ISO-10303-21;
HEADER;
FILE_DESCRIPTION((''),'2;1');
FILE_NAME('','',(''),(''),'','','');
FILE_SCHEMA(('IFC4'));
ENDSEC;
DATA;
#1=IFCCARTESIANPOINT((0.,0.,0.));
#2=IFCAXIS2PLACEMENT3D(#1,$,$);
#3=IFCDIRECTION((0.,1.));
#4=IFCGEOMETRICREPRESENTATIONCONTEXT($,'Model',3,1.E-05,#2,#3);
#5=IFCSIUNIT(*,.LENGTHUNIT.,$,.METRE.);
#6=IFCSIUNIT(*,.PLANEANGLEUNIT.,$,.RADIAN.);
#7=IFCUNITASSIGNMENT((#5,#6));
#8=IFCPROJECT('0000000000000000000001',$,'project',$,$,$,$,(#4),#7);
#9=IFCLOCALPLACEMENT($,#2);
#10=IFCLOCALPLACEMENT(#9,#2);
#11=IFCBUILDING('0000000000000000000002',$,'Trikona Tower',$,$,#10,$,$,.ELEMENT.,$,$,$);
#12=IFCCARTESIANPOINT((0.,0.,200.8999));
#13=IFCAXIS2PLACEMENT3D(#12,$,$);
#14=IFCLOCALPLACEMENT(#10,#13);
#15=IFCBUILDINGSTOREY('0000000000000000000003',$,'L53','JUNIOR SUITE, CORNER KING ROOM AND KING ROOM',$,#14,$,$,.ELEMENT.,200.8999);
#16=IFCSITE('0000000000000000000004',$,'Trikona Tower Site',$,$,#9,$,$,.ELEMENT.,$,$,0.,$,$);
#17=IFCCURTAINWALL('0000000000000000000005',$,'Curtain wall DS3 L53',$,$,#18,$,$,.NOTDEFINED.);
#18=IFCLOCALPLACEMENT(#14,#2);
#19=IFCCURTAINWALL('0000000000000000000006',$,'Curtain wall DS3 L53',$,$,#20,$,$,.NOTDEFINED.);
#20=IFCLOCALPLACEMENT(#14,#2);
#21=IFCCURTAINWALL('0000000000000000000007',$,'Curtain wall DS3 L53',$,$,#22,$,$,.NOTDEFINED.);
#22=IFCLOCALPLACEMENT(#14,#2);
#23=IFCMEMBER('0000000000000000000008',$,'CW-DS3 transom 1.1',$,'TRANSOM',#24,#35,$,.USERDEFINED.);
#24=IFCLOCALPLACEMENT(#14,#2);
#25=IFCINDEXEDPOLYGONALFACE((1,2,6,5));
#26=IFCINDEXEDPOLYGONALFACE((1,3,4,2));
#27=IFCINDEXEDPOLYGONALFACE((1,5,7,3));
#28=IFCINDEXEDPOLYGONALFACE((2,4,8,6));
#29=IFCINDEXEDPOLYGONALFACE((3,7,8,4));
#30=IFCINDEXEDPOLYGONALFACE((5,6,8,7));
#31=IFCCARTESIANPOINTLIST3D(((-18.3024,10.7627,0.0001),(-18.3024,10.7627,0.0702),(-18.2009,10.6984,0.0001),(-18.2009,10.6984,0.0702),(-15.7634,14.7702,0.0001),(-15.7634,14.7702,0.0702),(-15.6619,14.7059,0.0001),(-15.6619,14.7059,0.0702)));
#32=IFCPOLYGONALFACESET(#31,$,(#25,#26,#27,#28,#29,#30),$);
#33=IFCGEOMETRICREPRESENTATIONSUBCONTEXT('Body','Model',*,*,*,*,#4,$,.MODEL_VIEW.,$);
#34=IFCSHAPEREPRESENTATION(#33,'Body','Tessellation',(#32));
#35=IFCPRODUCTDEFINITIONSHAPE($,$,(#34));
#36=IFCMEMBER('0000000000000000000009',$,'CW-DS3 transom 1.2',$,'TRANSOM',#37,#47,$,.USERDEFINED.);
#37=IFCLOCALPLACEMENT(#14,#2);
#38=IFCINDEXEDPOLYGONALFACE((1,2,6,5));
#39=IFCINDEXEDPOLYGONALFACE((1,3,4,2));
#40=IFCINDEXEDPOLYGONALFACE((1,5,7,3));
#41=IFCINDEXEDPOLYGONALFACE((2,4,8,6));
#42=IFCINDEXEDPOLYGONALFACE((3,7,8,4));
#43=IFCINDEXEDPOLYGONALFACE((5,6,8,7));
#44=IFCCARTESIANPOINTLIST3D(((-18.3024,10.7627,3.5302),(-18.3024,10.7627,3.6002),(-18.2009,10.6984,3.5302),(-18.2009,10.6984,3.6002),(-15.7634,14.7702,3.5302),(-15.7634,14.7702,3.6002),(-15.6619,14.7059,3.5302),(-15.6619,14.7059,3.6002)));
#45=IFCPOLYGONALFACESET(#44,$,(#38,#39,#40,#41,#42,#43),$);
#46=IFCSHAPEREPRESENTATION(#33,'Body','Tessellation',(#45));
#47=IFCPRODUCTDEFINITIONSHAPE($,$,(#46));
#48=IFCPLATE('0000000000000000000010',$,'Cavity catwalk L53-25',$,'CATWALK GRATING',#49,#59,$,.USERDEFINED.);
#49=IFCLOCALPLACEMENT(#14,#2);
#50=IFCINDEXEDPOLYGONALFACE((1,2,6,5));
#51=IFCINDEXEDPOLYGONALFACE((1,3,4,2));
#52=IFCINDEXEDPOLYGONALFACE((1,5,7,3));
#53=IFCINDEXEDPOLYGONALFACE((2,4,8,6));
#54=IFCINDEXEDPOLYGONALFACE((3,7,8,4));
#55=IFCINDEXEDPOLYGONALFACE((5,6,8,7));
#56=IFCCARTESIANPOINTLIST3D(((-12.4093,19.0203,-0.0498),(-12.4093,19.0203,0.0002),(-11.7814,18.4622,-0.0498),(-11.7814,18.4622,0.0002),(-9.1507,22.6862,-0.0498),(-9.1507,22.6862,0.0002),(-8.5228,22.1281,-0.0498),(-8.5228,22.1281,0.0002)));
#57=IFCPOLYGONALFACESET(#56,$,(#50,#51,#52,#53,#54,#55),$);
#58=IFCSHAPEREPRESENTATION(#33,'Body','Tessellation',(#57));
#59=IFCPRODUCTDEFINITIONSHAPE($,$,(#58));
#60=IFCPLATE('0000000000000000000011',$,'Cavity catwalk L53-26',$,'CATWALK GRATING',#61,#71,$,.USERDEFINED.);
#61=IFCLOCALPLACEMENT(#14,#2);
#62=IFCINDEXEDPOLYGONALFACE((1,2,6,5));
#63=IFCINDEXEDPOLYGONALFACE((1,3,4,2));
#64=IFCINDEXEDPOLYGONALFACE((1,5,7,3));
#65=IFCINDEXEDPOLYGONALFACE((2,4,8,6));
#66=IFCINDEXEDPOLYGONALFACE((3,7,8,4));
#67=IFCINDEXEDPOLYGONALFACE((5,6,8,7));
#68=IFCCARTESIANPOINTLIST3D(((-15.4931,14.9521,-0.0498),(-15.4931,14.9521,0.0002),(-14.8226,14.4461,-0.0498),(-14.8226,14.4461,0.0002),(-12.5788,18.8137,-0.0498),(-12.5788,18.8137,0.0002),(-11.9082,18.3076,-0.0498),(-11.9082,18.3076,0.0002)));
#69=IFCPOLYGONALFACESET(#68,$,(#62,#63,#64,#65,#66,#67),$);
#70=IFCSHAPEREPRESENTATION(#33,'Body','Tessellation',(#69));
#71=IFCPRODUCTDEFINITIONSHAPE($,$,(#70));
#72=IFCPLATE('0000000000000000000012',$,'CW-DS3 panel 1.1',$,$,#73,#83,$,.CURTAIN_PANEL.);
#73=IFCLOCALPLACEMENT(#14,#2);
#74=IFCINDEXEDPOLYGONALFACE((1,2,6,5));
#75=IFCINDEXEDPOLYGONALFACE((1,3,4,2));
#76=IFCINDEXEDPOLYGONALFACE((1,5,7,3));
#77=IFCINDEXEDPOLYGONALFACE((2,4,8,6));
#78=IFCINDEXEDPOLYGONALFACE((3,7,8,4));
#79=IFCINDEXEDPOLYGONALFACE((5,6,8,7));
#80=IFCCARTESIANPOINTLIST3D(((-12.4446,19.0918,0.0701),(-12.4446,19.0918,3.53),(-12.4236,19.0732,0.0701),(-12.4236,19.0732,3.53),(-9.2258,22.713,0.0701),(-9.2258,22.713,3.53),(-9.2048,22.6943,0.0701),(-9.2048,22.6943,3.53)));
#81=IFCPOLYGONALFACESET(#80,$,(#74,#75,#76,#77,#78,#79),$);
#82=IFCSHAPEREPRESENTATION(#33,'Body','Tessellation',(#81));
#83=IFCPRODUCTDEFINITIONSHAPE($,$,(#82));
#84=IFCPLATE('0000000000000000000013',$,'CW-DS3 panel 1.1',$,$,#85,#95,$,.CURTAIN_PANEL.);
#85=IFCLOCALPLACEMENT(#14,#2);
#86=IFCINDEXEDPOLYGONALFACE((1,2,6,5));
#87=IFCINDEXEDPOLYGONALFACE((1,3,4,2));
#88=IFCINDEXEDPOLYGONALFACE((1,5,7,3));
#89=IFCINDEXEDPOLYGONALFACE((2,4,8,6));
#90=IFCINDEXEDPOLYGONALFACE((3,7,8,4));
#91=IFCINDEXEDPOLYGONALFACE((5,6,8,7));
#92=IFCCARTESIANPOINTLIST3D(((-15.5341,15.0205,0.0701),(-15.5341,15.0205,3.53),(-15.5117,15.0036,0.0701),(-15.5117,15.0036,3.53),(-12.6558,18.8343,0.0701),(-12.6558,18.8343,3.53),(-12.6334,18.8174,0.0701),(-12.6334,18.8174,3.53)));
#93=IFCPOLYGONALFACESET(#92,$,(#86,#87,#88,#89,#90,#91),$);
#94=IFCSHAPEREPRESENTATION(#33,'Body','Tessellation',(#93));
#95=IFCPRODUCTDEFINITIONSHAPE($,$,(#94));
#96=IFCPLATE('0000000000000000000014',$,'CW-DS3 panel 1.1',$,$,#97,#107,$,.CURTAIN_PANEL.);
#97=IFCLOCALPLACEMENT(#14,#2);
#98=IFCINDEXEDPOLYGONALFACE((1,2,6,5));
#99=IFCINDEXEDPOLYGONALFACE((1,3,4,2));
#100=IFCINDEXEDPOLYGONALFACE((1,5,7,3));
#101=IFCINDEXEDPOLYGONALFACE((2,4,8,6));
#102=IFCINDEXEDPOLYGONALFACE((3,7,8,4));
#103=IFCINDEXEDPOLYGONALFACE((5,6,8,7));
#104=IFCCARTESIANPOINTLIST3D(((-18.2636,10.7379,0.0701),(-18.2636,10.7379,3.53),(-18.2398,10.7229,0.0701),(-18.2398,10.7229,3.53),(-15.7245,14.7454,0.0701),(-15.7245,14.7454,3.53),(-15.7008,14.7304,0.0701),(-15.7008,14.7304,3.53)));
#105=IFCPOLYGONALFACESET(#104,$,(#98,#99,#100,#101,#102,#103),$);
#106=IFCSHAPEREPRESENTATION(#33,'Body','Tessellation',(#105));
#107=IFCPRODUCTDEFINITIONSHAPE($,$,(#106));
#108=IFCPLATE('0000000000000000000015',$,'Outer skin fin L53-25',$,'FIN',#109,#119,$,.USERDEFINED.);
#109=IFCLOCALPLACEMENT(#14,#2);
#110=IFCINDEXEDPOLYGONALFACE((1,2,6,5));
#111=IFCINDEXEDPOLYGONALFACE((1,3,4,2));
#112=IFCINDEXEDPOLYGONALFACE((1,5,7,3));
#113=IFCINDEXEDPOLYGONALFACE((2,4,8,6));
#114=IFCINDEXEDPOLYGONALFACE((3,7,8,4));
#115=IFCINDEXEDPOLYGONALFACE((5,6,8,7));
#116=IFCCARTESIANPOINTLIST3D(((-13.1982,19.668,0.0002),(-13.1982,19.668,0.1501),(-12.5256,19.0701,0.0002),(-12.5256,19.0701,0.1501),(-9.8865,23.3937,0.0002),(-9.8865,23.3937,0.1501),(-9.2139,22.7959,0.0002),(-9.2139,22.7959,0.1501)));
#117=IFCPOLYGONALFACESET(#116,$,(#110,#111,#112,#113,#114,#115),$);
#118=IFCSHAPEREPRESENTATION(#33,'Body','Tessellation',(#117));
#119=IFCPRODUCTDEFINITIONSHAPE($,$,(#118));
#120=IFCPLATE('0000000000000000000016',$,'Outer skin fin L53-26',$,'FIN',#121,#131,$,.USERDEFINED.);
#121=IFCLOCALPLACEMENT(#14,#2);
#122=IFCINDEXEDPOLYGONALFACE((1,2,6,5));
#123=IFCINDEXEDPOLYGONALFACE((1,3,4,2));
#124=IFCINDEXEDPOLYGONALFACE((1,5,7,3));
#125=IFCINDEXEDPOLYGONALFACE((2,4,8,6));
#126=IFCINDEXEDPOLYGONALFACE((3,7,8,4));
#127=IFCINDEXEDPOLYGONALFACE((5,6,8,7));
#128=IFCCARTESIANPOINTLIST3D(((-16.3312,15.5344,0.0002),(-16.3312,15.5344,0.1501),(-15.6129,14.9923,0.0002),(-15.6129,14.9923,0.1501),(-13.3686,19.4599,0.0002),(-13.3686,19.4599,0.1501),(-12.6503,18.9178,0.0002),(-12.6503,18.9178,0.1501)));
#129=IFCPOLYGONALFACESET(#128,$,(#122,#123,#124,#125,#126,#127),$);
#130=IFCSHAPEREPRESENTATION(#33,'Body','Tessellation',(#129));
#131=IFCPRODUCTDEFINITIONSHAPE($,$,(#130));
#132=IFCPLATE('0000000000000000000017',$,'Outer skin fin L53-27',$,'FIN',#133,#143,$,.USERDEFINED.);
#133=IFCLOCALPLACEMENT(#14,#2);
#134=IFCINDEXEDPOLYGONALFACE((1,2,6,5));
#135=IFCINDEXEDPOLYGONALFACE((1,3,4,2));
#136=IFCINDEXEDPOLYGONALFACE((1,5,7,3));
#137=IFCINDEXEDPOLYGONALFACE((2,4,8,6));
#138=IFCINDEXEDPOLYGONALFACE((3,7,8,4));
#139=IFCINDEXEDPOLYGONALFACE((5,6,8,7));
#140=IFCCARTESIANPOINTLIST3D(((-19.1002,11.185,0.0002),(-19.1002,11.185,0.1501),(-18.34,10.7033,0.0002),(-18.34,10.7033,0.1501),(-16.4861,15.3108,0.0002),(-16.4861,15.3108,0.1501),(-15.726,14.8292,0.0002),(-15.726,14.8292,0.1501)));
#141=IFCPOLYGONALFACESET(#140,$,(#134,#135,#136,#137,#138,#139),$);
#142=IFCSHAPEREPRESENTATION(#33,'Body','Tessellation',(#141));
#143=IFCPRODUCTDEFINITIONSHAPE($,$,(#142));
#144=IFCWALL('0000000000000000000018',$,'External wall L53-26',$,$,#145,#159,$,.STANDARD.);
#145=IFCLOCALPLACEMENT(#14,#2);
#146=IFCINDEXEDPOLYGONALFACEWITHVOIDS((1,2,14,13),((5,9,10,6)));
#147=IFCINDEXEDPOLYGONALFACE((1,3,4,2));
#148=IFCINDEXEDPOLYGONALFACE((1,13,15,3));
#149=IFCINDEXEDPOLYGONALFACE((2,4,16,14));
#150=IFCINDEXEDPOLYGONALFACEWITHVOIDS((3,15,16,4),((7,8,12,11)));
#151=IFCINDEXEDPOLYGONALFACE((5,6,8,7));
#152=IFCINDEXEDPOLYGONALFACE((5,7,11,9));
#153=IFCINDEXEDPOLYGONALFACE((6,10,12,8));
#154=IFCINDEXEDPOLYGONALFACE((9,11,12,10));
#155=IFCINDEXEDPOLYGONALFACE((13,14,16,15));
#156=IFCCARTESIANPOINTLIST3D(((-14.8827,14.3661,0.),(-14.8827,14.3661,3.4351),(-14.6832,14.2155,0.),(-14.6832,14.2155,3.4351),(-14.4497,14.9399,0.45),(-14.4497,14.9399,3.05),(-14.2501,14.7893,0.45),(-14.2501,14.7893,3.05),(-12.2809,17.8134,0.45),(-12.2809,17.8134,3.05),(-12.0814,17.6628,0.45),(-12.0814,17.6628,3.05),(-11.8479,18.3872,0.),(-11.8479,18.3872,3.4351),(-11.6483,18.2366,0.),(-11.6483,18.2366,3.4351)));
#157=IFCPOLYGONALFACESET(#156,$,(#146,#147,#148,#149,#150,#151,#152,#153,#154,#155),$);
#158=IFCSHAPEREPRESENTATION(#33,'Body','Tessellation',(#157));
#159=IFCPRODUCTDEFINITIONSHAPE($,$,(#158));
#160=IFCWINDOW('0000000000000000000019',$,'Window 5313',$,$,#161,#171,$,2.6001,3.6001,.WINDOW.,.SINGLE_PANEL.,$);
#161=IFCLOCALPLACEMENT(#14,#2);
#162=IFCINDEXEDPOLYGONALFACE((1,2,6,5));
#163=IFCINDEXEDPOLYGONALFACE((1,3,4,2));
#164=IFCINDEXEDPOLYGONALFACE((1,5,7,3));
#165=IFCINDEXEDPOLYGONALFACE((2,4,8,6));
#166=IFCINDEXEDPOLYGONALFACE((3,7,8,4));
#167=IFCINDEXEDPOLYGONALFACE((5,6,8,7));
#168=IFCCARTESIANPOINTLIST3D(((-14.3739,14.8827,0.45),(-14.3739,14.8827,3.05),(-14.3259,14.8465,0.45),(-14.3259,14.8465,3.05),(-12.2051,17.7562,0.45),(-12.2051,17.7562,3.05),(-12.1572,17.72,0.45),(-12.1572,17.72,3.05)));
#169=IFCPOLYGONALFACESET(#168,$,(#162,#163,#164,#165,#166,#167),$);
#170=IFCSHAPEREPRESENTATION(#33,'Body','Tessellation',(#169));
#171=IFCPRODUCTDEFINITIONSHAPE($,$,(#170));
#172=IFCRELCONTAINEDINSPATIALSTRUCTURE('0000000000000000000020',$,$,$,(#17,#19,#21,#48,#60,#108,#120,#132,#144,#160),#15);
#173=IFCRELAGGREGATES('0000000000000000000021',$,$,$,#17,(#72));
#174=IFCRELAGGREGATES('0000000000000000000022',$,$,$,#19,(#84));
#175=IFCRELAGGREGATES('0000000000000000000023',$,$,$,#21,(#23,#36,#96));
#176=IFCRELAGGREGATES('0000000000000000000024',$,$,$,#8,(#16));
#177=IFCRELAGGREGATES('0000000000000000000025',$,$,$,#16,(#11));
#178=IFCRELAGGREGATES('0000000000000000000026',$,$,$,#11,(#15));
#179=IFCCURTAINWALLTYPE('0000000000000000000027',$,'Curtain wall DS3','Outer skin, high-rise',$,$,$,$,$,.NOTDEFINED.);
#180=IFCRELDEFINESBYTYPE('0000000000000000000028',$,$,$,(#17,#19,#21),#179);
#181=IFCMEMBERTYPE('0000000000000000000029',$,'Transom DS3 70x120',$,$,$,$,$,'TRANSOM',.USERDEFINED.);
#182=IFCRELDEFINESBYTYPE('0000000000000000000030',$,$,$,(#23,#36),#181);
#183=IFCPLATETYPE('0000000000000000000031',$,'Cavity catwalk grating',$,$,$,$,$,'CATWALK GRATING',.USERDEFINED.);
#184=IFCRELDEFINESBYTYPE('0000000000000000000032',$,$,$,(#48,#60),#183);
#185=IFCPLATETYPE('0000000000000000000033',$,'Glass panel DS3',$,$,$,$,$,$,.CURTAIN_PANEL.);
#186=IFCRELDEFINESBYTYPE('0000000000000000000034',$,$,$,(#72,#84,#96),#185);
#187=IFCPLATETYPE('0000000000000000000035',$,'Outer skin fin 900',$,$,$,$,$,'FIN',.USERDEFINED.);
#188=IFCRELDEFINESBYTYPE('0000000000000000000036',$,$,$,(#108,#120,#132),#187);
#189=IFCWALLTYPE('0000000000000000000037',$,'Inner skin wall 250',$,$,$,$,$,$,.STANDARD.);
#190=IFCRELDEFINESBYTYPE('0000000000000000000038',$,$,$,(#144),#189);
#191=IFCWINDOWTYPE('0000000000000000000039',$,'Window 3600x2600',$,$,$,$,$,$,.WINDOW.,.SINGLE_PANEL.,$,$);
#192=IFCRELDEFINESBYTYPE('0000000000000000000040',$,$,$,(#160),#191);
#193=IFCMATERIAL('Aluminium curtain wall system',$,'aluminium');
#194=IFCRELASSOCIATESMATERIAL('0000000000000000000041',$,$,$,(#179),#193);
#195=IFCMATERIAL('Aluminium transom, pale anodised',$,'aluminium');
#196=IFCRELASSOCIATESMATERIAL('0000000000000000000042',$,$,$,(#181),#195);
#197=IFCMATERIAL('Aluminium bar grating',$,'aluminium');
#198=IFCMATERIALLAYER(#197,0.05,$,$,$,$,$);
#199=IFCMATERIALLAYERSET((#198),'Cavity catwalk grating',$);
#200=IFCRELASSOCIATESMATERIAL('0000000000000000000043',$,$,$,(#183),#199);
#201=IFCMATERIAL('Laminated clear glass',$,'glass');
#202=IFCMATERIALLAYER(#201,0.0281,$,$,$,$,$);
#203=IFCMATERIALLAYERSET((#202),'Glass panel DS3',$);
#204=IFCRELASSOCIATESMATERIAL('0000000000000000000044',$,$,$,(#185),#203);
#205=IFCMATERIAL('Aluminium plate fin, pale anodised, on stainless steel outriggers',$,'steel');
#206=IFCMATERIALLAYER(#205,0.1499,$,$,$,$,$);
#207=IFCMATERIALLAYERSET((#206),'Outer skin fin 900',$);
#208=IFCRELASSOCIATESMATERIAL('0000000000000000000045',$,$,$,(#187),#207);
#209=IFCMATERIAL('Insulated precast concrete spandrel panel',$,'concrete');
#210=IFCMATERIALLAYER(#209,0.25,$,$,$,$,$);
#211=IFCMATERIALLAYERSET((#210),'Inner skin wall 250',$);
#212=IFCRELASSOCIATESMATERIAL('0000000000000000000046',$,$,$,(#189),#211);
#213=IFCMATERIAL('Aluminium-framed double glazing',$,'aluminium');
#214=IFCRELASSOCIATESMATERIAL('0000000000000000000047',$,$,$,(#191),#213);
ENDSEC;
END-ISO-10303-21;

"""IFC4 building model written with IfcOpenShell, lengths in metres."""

from ifc_helpers import new_model, si_unit, direction, frame, frame_2d, origin, origin_2d, place, context, subcontext, project, spatial, rectangle, extrude, material, layer, layer_set, material_profile, profile_set, type_object, element, fill, aggregate, save


model = new_model("IFC4")

# Units and contexts
model_context = context("Model", 3, precision=1e-05, world=origin(), true_north=direction((0.0, 1.0)))
body_context = subcontext(model_context, "Body", "Model", "MODEL_VIEW")
ifc_project = project(units=[si_unit("LENGTHUNIT", "METRE"), si_unit("PLANEANGLEUNIT", "RADIAN")], contexts=[model_context])

# Site, building, storey
site_placement = place(None, origin())
site = spatial("IfcSite", under=ifc_project, at=site_placement, Name="Trikona Tower Site", CompositionType="ELEMENT", RefElevation=0.0)
building_placement = place(site_placement, origin())
building = spatial("IfcBuilding", under=site, at=building_placement, Name="Trikona Tower", CompositionType="ELEMENT")
storey_placement = place(building_placement, frame((0.0, 0.0, 200.8999)))
storey = spatial("IfcBuildingStorey", under=building, at=storey_placement, Name="L53", Description="JUNIOR SUITE, CORNER KING ROOM AND KING ROOM", CompositionType="ELEMENT", Elevation=200.8999)

# Shared definitions
ifc_material_1 = material(Name="Aluminium curtain wall system", Category="aluminium")
curtain_wall_type = type_object("IfcCurtainWallType", Name="Curtain wall DS3", Description="Outer skin, high-rise", PredefinedType="NOTDEFINED", material=ifc_material_1)

# Curtain walls
curtain_wall_1_placement = place(storey_placement, origin())
curtain_wall_1 = element("IfcCurtainWall", 1, at=curtain_wall_1_placement, inside=storey, type_object=curtain_wall_type, Name="Curtain wall DS3 L53", PredefinedType="NOTDEFINED")
curtain_wall_2_placement = place(storey_placement, origin())
curtain_wall_2 = element("IfcCurtainWall", 2, at=curtain_wall_2_placement, inside=storey, type_object=curtain_wall_type, Name="Curtain wall DS3 L53", PredefinedType="NOTDEFINED")

# Curtain wall
curtain_wall_3_placement = place(storey_placement, origin())
curtain_wall_3 = element("IfcCurtainWall", 3, at=curtain_wall_3_placement, inside=storey, type_object=curtain_wall_type, Name="Curtain wall DS3 L53", PredefinedType="NOTDEFINED")

# Members
ifc_material_2 = material(Name="Aluminium transom, pale anodised", Category="aluminium")
ifc_material_profile_1 = material_profile(ifc_material_2, rectangle(XDim=0.1201, YDim=0.0701, at=origin_2d()), Name="TRN-DS3")
ifc_profile_set_1 = profile_set([ifc_material_profile_1], Name="Aluminium transom, pale anodised")
member_type_1 = type_object("IfcMemberType", Name="Transom DS3 70x120", ElementType="TRANSOM", PredefinedType="USERDEFINED", material=ifc_profile_set_1)
member_1_placement = place(storey_placement, frame((-15.7126, 14.738, 0.0352), z_axis=(-0.535193, -0.84473, 0.0), x_axis=(0.84473, -0.535193, 0.0)))
member_1 = element("IfcMember", 4, at=member_1_placement, type_object=member_type_1, Name="CW-DS3 transom 1.1", ObjectType="TRANSOM", PredefinedType="USERDEFINED", context=body_context, shape_type="SweptSolid", body=[
    extrude(rectangle(XDim=0.1201, YDim=0.0701, at=origin_2d()), origin(), (0.0, 0.0, 1.0), 4.7441),
])
member_2_placement = place(storey_placement, frame((-15.7126, 14.738, 3.5652), z_axis=(-0.535193, -0.84473, 0.0), x_axis=(0.84473, -0.535193, 0.0)))
member_2 = element("IfcMember", 5, at=member_2_placement, type_object=member_type_1, Name="CW-DS3 transom 1.2", ObjectType="TRANSOM", PredefinedType="USERDEFINED", context=body_context, shape_type="SweptSolid", body=[
    extrude(rectangle(XDim=0.1201, YDim=0.0701, at=origin_2d()), origin(), (0.0, 0.0, 1.0), 4.7441),
])

# Plates
ifc_material_3 = material(Name="Aluminium bar grating", Category="aluminium")
ifc_layer_1 = layer(ifc_material_3, 0.05)
ifc_layer_set_1 = layer_set([ifc_layer_1], Name="Cavity catwalk grating")
plate_type_1 = type_object("IfcPlateType", Name="Cavity catwalk grating", ElementType="CATWALK GRATING", PredefinedType="USERDEFINED", material=ifc_layer_set_1)
plate_1_placement = place(storey_placement, frame((-10.4661, 20.5742, -0.0498), z_axis=(0.0, 0.0, 1.0), x_axis=(-0.664367, -0.747406, 0.0)))
element("IfcPlate", 6, at=plate_1_placement, inside=storey, type_object=plate_type_1, Name="Cavity catwalk L53-25", ObjectType="CATWALK GRATING", PredefinedType="USERDEFINED", context=body_context, shape_type="SweptSolid", body=[
    extrude(rectangle(XDim=4.9048, YDim=0.8401, at=origin_2d()), origin(), (0.0, 0.0, 1.0), 0.05),
])
plate_2_placement = place(storey_placement, frame((-13.7007, 16.6299, -0.0498), z_axis=(0.0, 0.0, 1.0), x_axis=(-0.602402, -0.798193, 0.0)))
element("IfcPlate", 7, at=plate_2_placement, inside=storey, type_object=plate_type_1, Name="Cavity catwalk L53-26", ObjectType="CATWALK GRATING", PredefinedType="USERDEFINED", context=body_context, shape_type="SweptSolid", body=[
    extrude(rectangle(XDim=4.8379, YDim=0.8401, at=origin_2d()), origin(), (0.0, 0.0, 1.0), 0.05),
])

# Plates
ifc_material_4 = material(Name="Laminated clear glass", Category="glass")
ifc_layer_2 = layer(ifc_material_4, 0.0281)
ifc_layer_set_2 = layer_set([ifc_layer_2], Name="Glass panel DS3")
plate_type_2 = type_object("IfcPlateType", Name="Glass panel DS3", PredefinedType="CURTAIN_PANEL", material=ifc_layer_set_2)
plate_3_placement = place(storey_placement, frame((-10.8247, 20.8931, 0.0701), z_axis=(0.0, 0.0, 1.0), x_axis=(-0.664371, -0.747403, 0.0)))
plate_3 = element("IfcPlate", 8, at=plate_3_placement, type_object=plate_type_2, Name="CW-DS3 panel 1.1", PredefinedType="CURTAIN_PANEL", context=body_context, shape_type="SweptSolid", body=[
    extrude(rectangle(XDim=4.845, YDim=0.0281, at=origin_2d()), origin(), (0.0, 0.0, 1.0), 3.46),
])
aggregate(curtain_wall_1, [plate_3])
plate_4_placement = place(storey_placement, frame((-14.0837, 16.9189, 0.0701), z_axis=(0.0, 0.0, 1.0), x_axis=(-0.602402, -0.798193, 0.0)))
plate_4 = element("IfcPlate", 9, at=plate_4_placement, type_object=plate_type_2, Name="CW-DS3 panel 1.1", PredefinedType="CURTAIN_PANEL", context=body_context, shape_type="SweptSolid", body=[
    extrude(rectangle(XDim=4.7781, YDim=0.0281, at=origin_2d()), origin(), (0.0, 0.0, 1.0), 3.46),
])
aggregate(curtain_wall_2, [plate_4])
plate_5_placement = place(storey_placement, frame((-16.9822, 12.7341, 0.0701), z_axis=(0.0, 0.0, 1.0), x_axis=(-0.535197, -0.844727, 0.0)))
plate_5 = element("IfcPlate", 10, at=plate_5_placement, type_object=plate_type_2, Name="CW-DS3 panel 1.1", PredefinedType="CURTAIN_PANEL", context=body_context, shape_type="SweptSolid", body=[
    extrude(rectangle(XDim=4.7441, YDim=0.0281, at=origin_2d()), origin(), (0.0, 0.0, 1.0), 3.46),
])
aggregate(curtain_wall_3, [member_1, member_2, plate_5])

# Plates
ifc_material_5 = material(Name="Aluminium plate fin, pale anodised, on stainless steel outriggers", Category="steel")
ifc_layer_3 = layer(ifc_material_5, 0.1499)
ifc_layer_set_3 = layer_set([ifc_layer_3], Name="Outer skin fin 900")
plate_type_3 = type_object("IfcPlateType", Name="Outer skin fin 900", ElementType="FIN", PredefinedType="USERDEFINED", material=ifc_layer_set_3)
plate_6_placement = place(storey_placement, frame((-11.2061, 21.2319, 0.0002), z_axis=(0.0, 0.0, 1.0), x_axis=(-0.664367, -0.747406, 0.0)))
element("IfcPlate", 11, at=plate_6_placement, inside=storey, type_object=plate_type_3, Name="Outer skin fin L53-25", ObjectType="FIN", PredefinedType="USERDEFINED", context=body_context, shape_type="SweptSolid", body=[
    extrude(rectangle(XDim=4.9849, YDim=0.8999, at=origin_2d()), origin(), (0.0, 0.0, 1.0), 0.1499),
])
plate_7_placement = place(storey_placement, frame((-14.4907, 17.2261, 0.0002), z_axis=(0.0, 0.0, 1.0), x_axis=(-0.602402, -0.798193, 0.0)))
element("IfcPlate", 12, at=plate_7_placement, inside=storey, type_object=plate_type_3, Name="Outer skin fin L53-26", ObjectType="FIN", PredefinedType="USERDEFINED", context=body_context, shape_type="SweptSolid", body=[
    extrude(rectangle(XDim=4.918, YDim=0.8999, at=origin_2d()), origin(), (0.0, 0.0, 1.0), 0.1499),
])
plate_8_placement = place(storey_placement, frame((-17.4131, 13.0071, 0.0002), z_axis=(0.0, 0.0, 1.0), x_axis=(-0.535205, -0.844722, 0.0)))
element("IfcPlate", 13, at=plate_8_placement, inside=storey, type_object=plate_type_3, Name="Outer skin fin L53-27", ObjectType="FIN", PredefinedType="USERDEFINED", context=body_context, shape_type="SweptSolid", body=[
    extrude(rectangle(XDim=4.8843, YDim=0.8999, at=origin_2d()), origin(), (0.0, 0.0, 1.0), 0.1499),
])

# Wall, opening, window
ifc_material_6 = material(Name="Insulated precast concrete spandrel panel", Category="concrete")
ifc_layer_4 = layer(ifc_material_6, 0.25)
ifc_layer_set_4 = layer_set([ifc_layer_4], Name="Inner skin wall 250")
wall_type = type_object("IfcWallType", Name="Inner skin wall 250", PredefinedType="STANDARD", material=ifc_layer_set_4)
wall_1_placement = place(storey_placement, frame((-11.748, 18.312, 0.0), z_axis=(0.0, 0.0, 1.0), x_axis=(-0.602409, -0.798188, 0.0)))
wall_1 = element("IfcWall", 14, at=wall_1_placement, inside=storey, type_object=wall_type, Name="External wall L53-26", PredefinedType="STANDARD", context=body_context, shape_type="SweptSolid", body=[
    extrude(rectangle(XDim=5.0378, YDim=0.25, at=frame_2d((2.519, 0.0))), origin(), (0.0, 0.0, 1.0), 3.4351),
])
opening_1_placement = place(wall_1_placement, frame((0.719, 0.0, 0.45)))
opening_1 = element("IfcOpeningElement", 15, at=opening_1_placement, cuts=wall_1, PredefinedType="OPENING", context=body_context, shape_type="SweptSolid", body=[
    extrude(rectangle(XDim=3.6001, YDim=2.6001, at=frame_2d((1.8, 1.3))), frame((0.0, 0.135, 0.0), z_axis=(0.0, -1.0, 0.0), x_axis=(1.0, 0.0, 0.0)), (0.0, 0.0, 1.0), 0.27),
])
ifc_material_7 = material(Name="Aluminium-framed double glazing", Category="aluminium")
window_type = type_object("IfcWindowType", Name="Window 3600x2600", PartitioningType="SINGLE_PANEL", PredefinedType="WINDOW", material=ifc_material_7)
window_1_placement = place(opening_1_placement, origin())
window_1 = element("IfcWindow", 16, at=window_1_placement, inside=storey, type_object=window_type, Name="Window 5313", OverallHeight=2.6001, OverallWidth=3.6001, PartitioningType="SINGLE_PANEL", PredefinedType="WINDOW", context=body_context, shape_type="SweptSolid", body=[
    extrude(rectangle(XDim=3.6001, YDim=2.6001, at=frame_2d((1.8, 1.3))), frame((0.0, 0.03, 0.0), z_axis=(0.0, -1.0, 0.0), x_axis=(1.0, 0.0, 0.0)), (0.0, 0.0, 1.0), 0.0601),
])
fill(opening_1, window_1)

save(model, "model.ifc")
